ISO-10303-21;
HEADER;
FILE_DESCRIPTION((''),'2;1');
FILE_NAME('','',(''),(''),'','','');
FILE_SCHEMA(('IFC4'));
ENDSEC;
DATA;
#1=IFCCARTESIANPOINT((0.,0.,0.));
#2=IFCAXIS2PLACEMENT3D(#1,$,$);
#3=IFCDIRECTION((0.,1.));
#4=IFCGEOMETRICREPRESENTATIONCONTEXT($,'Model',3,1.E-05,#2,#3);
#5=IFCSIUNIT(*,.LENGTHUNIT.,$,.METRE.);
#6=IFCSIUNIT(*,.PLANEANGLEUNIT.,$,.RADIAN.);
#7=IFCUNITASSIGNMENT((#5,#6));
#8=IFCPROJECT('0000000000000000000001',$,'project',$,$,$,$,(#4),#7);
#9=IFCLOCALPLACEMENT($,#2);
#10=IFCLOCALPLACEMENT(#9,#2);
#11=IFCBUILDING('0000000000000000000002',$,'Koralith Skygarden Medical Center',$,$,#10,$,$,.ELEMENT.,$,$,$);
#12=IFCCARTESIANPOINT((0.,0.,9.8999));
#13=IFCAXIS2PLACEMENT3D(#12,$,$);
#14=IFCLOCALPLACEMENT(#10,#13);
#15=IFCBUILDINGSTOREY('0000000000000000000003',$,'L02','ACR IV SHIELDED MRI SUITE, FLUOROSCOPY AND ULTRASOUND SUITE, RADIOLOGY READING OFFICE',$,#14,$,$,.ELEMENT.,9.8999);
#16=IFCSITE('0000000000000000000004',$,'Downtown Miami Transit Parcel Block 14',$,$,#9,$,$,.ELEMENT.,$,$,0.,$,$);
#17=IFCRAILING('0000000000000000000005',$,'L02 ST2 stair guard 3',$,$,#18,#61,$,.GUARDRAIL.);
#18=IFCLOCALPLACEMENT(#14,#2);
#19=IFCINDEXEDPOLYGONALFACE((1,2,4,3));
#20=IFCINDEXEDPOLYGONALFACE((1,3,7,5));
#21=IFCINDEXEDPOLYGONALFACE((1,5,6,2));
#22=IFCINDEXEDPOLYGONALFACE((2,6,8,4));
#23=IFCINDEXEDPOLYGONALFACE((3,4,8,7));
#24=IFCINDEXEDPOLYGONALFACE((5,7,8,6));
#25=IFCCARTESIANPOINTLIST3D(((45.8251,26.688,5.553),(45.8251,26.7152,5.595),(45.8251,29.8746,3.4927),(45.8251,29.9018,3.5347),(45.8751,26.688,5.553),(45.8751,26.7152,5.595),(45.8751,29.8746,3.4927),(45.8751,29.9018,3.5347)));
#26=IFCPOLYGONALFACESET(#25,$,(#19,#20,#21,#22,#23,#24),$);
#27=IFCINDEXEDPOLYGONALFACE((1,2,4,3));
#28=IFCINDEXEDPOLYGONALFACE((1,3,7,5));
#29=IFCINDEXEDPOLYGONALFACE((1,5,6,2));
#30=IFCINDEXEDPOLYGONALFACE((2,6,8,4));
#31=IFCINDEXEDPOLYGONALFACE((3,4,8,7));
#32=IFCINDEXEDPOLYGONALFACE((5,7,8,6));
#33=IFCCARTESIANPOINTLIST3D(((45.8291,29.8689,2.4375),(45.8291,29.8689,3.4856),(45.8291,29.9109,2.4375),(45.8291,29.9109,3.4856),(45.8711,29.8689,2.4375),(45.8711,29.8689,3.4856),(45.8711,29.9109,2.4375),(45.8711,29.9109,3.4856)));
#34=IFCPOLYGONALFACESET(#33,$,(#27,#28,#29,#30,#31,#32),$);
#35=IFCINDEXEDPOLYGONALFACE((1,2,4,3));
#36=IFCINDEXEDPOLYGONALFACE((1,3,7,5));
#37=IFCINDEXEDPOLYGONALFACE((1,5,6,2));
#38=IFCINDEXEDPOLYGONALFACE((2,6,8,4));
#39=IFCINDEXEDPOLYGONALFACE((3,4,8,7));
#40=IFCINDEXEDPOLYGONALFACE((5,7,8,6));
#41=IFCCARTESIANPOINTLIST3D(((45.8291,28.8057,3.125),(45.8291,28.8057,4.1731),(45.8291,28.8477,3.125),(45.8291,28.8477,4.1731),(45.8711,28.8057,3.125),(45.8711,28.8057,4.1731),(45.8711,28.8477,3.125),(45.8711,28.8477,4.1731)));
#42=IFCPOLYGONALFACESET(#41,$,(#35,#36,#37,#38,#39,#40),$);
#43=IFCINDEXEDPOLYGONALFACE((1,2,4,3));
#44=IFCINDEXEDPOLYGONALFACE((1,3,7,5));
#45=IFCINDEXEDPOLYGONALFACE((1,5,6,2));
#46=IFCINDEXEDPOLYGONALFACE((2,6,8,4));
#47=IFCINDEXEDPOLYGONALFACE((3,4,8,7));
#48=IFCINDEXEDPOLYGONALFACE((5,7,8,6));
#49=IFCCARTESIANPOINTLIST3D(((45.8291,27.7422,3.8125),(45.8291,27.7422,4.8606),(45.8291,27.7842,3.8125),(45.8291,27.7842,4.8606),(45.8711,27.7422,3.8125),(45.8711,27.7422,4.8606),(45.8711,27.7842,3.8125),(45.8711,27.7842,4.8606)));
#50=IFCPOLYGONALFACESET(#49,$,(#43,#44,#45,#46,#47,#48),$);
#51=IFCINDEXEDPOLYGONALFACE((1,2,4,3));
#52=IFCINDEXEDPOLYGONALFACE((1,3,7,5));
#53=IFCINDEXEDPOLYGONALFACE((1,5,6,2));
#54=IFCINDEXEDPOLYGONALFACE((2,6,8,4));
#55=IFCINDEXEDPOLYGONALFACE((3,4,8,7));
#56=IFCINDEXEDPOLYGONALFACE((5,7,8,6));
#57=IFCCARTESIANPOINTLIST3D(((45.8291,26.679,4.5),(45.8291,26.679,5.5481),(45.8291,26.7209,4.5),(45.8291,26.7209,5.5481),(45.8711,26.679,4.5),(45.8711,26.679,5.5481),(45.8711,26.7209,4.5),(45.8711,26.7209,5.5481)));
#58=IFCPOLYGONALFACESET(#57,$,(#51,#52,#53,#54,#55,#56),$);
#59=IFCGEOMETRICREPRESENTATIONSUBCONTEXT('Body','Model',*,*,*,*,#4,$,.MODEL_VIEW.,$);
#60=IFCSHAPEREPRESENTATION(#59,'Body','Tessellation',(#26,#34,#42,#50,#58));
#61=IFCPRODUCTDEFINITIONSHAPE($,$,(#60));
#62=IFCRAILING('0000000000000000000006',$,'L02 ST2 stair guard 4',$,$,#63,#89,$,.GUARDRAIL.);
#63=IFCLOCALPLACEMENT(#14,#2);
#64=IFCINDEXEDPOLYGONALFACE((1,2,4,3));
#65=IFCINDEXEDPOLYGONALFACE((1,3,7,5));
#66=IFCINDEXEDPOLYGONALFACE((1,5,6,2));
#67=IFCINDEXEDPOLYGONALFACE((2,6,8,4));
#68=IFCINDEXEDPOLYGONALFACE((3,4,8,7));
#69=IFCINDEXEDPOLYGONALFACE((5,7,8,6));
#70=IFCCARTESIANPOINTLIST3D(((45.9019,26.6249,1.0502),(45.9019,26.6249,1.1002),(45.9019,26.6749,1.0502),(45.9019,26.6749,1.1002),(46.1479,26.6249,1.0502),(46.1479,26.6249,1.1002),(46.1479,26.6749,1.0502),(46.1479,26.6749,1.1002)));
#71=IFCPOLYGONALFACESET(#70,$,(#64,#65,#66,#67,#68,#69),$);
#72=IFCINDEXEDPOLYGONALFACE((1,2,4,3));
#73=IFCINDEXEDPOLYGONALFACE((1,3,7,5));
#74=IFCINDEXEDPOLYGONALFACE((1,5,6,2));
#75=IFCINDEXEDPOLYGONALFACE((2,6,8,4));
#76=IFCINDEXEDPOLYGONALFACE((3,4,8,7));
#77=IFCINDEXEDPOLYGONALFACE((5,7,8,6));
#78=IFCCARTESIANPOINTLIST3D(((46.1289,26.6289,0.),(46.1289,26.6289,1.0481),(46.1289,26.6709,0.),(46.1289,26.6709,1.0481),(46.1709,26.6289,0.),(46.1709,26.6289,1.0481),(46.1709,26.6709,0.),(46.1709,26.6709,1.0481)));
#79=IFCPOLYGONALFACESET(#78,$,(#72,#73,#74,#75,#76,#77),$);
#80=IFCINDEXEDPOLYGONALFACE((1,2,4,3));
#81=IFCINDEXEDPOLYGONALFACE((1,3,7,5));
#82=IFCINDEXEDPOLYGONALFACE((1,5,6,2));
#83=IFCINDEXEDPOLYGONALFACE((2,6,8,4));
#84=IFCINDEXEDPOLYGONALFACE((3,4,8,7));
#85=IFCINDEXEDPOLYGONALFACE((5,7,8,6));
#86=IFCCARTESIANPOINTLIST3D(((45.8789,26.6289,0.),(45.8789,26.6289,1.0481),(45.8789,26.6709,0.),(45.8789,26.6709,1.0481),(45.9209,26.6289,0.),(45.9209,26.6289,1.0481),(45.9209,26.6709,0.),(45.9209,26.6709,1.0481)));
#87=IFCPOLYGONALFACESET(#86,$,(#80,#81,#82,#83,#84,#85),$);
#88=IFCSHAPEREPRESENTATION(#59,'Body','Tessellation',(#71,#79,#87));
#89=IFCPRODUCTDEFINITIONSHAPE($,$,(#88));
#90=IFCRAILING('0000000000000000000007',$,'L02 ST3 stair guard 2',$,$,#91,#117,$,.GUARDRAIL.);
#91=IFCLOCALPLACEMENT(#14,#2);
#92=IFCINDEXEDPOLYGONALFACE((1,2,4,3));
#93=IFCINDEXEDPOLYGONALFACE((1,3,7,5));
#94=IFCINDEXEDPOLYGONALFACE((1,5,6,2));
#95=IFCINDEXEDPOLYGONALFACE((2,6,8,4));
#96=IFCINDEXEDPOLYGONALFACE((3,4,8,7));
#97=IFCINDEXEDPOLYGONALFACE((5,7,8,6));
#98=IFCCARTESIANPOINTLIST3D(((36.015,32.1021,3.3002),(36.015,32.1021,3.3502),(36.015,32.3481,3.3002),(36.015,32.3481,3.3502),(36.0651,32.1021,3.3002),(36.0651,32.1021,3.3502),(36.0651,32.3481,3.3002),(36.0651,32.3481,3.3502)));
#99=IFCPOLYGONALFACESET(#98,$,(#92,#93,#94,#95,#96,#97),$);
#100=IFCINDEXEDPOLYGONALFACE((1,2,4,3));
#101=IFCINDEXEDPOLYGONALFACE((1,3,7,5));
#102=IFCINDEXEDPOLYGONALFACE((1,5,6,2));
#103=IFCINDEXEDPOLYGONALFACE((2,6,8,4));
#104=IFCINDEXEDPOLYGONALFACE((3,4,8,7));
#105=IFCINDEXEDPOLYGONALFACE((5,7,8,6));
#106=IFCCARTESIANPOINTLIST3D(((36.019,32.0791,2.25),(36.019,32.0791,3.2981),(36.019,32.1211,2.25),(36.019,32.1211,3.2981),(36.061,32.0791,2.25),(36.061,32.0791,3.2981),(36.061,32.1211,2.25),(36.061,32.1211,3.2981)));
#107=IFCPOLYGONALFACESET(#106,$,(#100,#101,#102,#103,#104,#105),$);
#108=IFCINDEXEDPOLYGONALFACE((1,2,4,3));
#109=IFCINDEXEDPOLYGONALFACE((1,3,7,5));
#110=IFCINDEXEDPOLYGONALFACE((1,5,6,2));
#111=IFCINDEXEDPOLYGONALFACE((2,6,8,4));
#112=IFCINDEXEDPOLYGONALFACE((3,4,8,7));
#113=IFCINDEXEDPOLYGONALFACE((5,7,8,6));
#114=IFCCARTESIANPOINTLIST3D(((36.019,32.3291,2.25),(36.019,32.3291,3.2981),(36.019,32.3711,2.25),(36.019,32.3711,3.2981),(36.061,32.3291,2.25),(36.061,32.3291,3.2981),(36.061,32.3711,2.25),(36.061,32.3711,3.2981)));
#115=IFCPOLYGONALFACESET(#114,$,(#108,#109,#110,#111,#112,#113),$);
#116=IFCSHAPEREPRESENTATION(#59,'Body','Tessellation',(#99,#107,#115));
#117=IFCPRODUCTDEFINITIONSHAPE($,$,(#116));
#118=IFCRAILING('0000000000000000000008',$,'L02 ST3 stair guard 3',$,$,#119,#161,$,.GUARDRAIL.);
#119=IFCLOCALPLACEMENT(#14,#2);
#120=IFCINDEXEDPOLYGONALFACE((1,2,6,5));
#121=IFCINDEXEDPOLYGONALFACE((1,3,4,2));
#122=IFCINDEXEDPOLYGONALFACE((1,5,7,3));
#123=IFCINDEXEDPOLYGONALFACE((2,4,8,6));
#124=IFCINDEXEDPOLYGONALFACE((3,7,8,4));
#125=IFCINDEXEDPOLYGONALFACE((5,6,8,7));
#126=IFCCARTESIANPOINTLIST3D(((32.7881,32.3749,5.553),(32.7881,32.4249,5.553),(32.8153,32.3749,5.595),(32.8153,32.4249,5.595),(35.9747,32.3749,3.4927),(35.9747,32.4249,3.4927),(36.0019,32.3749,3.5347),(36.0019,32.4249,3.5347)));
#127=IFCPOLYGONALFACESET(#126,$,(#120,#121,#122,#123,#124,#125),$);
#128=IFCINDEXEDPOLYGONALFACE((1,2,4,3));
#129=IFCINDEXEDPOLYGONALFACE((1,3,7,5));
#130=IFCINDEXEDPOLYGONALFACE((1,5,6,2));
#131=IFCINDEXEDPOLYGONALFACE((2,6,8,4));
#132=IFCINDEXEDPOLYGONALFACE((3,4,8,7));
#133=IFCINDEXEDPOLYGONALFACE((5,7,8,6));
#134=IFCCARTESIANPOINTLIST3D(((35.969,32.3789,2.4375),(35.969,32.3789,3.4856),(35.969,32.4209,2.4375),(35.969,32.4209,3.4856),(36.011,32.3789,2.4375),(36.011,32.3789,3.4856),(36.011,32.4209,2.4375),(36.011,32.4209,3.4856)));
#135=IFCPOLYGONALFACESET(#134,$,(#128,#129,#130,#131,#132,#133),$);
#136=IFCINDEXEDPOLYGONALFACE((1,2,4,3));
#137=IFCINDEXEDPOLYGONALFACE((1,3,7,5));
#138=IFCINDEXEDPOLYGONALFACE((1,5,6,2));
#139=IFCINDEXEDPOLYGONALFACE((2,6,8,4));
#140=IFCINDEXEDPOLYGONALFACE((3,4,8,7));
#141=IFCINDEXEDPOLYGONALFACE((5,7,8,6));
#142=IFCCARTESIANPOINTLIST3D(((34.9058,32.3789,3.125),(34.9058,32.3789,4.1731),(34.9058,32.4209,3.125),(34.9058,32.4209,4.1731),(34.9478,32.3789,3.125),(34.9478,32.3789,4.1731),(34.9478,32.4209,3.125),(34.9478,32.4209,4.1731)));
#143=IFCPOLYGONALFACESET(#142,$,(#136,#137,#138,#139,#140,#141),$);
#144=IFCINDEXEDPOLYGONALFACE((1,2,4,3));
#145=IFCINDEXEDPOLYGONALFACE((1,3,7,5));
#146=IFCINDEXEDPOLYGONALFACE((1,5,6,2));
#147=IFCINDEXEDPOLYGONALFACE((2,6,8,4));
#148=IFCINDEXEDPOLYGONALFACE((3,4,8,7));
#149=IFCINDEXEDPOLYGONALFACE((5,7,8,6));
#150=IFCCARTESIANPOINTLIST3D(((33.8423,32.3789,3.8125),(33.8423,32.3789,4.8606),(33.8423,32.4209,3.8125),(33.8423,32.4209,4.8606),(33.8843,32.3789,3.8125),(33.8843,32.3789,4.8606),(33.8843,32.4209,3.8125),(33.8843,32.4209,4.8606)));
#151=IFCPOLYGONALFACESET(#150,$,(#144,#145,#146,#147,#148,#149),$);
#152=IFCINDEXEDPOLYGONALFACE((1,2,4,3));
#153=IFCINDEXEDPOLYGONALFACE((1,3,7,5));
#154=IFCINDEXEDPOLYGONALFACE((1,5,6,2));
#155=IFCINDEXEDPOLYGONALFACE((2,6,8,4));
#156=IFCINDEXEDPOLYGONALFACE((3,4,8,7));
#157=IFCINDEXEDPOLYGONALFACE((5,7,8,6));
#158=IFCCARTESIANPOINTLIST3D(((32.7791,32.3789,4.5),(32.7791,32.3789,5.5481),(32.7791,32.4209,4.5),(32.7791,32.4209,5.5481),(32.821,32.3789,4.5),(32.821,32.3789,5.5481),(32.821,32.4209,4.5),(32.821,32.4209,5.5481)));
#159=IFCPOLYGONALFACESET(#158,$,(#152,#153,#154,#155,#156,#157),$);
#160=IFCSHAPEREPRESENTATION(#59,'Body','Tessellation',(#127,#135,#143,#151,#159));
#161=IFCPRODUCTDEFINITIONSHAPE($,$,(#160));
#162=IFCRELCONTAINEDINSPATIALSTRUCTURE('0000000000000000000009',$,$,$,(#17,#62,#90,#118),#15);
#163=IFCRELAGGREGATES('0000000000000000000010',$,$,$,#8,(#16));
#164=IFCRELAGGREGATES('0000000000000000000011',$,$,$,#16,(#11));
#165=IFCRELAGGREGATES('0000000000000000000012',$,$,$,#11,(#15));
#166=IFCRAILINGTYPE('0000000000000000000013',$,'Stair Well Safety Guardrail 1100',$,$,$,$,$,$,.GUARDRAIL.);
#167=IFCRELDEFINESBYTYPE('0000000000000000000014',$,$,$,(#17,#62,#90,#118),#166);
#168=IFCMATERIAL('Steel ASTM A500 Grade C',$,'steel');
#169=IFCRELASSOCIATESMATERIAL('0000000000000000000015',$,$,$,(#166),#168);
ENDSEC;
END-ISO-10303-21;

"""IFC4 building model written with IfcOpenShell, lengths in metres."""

from ifc_helpers import new_model, si_unit, direction, frame, origin, origin_2d, place, context, subcontext, project, spatial, rectangle, extrude, material, type_object, element, save


model = new_model("IFC4")

# Units and contexts
model_context = context("Model", 3, precision=1e-05, world=origin(), true_north=direction((0.0, 1.0)))
body_context = subcontext(model_context, "Body", "Model", "MODEL_VIEW")
ifc_project = project(units=[si_unit("LENGTHUNIT", "METRE"), si_unit("PLANEANGLEUNIT", "RADIAN")], contexts=[model_context])

# Site, building, storey
site_placement = place(None, origin())
site = spatial("IfcSite", under=ifc_project, at=site_placement, Name="Downtown Miami Transit Parcel Block 14", CompositionType="ELEMENT", RefElevation=0.0)
building_placement = place(site_placement, origin())
building = spatial("IfcBuilding", under=site, at=building_placement, Name="Koralith Skygarden Medical Center", CompositionType="ELEMENT")
storey_placement = place(building_placement, frame((0.0, 0.0, 9.8999)))
storey = spatial("IfcBuildingStorey", under=building, at=storey_placement, Name="L02", Description="ACR IV SHIELDED MRI SUITE, FLUOROSCOPY AND ULTRASOUND SUITE, RADIOLOGY READING OFFICE", CompositionType="ELEMENT", Elevation=9.8999)

# Railings
ifc_material_1 = material(Name="Steel ASTM A500 Grade C", Category="steel")
railing_type_1 = type_object("IfcRailingType", Name="Stair Well Safety Guardrail 1100", PredefinedType="GUARDRAIL", material=ifc_material_1)
railing_1_placement = place(storey_placement, frame((45.8501, 29.8899, 2.4375)))
element("IfcRailing", 1, at=railing_1_placement, inside=storey, type_object=railing_type_1, Name="L02 ST2 stair guard 3", PredefinedType="GUARDRAIL", context=body_context, shape_type="SweptSolid", body=[
    extrude(rectangle(XDim=0.05, YDim=0.05, at=origin_2d()), frame((0.0, -0.0017, 1.0762), z_axis=(0.0, -0.83976, 0.542958), x_axis=(1.0, 0.0, 0.0)), (0.0, 0.0, 1.0), 3.7947),
    extrude(rectangle(XDim=0.042, YDim=0.042, at=origin_2d()), origin(), (0.0, 0.0, 1.0), 1.0481),
    extrude(rectangle(XDim=0.042, YDim=0.042, at=origin_2d()), frame((0.0, -1.0632, 0.6875)), (0.0, 0.0, 1.0), 1.0481),
    extrude(rectangle(XDim=0.042, YDim=0.042, at=origin_2d()), frame((0.0, -2.1267, 1.375)), (0.0, 0.0, 1.0), 1.0481),
    extrude(rectangle(XDim=0.042, YDim=0.042, at=origin_2d()), frame((0.0, -3.1899, 2.0625)), (0.0, 0.0, 1.0), 1.0481),
])
railing_2_placement = place(storey_placement, frame((46.1499, 26.6499, 0.0)))
element("IfcRailing", 2, at=railing_2_placement, inside=storey, type_object=railing_type_1, Name="L02 ST2 stair guard 4", PredefinedType="GUARDRAIL", context=body_context, shape_type="SweptSolid", body=[
    extrude(rectangle(XDim=0.05, YDim=0.05, at=origin_2d()), frame((-0.002, 0.0, 1.0752), z_axis=(-1.0, 0.0, 0.0), x_axis=(0.0, -1.0, 0.0)), (0.0, 0.0, 1.0), 0.2461),
    extrude(rectangle(XDim=0.042, YDim=0.042, at=origin_2d()), origin(), (0.0, 0.0, 1.0), 1.0481),
    extrude(rectangle(XDim=0.042, YDim=0.042, at=origin_2d()), frame((-0.25, 0.0, 0.0)), (0.0, 0.0, 1.0), 1.0481),
])
railing_3_placement = place(storey_placement, frame((36.04, 32.1001, 2.25)))
element("IfcRailing", 3, at=railing_3_placement, inside=storey, type_object=railing_type_1, Name="L02 ST3 stair guard 2", PredefinedType="GUARDRAIL", context=body_context, shape_type="SweptSolid", body=[
    extrude(rectangle(XDim=0.05, YDim=0.05, at=origin_2d()), frame((0.0, 0.002, 1.0752), z_axis=(0.0, 1.0, 0.0), x_axis=(-1.0, 0.0, 0.0)), (0.0, 0.0, 1.0), 0.2461),
    extrude(rectangle(XDim=0.042, YDim=0.042, at=origin_2d()), origin(), (0.0, 0.0, 1.0), 1.0481),
    extrude(rectangle(XDim=0.042, YDim=0.042, at=origin_2d()), frame((0.0, 0.25, 0.0)), (0.0, 0.0, 1.0), 1.0481),
])
railing_4_placement = place(storey_placement, frame((35.99, 32.3999, 2.4375)))
element("IfcRailing", 4, at=railing_4_placement, inside=storey, type_object=railing_type_1, Name="L02 ST3 stair guard 3", PredefinedType="GUARDRAIL", context=body_context, shape_type="SweptSolid", body=[
    extrude(rectangle(XDim=0.05, YDim=0.05, at=origin_2d()), frame((-0.0017, 0.0, 1.0762), z_axis=(-0.83976, 0.0, 0.542958), x_axis=(0.0, -1.0, 0.0)), (0.0, 0.0, 1.0), 3.7947),
    extrude(rectangle(XDim=0.042, YDim=0.042, at=origin_2d()), origin(), (0.0, 0.0, 1.0), 1.0481),
    extrude(rectangle(XDim=0.042, YDim=0.042, at=origin_2d()), frame((-1.0632, 0.0, 0.6875)), (0.0, 0.0, 1.0), 1.0481),
    extrude(rectangle(XDim=0.042, YDim=0.042, at=origin_2d()), frame((-2.1267, 0.0, 1.375)), (0.0, 0.0, 1.0), 1.0481),
    extrude(rectangle(XDim=0.042, YDim=0.042, at=origin_2d()), frame((-3.1899, 0.0, 2.0625)), (0.0, 0.0, 1.0), 1.0481),
])

save(model, "model.ifc")
